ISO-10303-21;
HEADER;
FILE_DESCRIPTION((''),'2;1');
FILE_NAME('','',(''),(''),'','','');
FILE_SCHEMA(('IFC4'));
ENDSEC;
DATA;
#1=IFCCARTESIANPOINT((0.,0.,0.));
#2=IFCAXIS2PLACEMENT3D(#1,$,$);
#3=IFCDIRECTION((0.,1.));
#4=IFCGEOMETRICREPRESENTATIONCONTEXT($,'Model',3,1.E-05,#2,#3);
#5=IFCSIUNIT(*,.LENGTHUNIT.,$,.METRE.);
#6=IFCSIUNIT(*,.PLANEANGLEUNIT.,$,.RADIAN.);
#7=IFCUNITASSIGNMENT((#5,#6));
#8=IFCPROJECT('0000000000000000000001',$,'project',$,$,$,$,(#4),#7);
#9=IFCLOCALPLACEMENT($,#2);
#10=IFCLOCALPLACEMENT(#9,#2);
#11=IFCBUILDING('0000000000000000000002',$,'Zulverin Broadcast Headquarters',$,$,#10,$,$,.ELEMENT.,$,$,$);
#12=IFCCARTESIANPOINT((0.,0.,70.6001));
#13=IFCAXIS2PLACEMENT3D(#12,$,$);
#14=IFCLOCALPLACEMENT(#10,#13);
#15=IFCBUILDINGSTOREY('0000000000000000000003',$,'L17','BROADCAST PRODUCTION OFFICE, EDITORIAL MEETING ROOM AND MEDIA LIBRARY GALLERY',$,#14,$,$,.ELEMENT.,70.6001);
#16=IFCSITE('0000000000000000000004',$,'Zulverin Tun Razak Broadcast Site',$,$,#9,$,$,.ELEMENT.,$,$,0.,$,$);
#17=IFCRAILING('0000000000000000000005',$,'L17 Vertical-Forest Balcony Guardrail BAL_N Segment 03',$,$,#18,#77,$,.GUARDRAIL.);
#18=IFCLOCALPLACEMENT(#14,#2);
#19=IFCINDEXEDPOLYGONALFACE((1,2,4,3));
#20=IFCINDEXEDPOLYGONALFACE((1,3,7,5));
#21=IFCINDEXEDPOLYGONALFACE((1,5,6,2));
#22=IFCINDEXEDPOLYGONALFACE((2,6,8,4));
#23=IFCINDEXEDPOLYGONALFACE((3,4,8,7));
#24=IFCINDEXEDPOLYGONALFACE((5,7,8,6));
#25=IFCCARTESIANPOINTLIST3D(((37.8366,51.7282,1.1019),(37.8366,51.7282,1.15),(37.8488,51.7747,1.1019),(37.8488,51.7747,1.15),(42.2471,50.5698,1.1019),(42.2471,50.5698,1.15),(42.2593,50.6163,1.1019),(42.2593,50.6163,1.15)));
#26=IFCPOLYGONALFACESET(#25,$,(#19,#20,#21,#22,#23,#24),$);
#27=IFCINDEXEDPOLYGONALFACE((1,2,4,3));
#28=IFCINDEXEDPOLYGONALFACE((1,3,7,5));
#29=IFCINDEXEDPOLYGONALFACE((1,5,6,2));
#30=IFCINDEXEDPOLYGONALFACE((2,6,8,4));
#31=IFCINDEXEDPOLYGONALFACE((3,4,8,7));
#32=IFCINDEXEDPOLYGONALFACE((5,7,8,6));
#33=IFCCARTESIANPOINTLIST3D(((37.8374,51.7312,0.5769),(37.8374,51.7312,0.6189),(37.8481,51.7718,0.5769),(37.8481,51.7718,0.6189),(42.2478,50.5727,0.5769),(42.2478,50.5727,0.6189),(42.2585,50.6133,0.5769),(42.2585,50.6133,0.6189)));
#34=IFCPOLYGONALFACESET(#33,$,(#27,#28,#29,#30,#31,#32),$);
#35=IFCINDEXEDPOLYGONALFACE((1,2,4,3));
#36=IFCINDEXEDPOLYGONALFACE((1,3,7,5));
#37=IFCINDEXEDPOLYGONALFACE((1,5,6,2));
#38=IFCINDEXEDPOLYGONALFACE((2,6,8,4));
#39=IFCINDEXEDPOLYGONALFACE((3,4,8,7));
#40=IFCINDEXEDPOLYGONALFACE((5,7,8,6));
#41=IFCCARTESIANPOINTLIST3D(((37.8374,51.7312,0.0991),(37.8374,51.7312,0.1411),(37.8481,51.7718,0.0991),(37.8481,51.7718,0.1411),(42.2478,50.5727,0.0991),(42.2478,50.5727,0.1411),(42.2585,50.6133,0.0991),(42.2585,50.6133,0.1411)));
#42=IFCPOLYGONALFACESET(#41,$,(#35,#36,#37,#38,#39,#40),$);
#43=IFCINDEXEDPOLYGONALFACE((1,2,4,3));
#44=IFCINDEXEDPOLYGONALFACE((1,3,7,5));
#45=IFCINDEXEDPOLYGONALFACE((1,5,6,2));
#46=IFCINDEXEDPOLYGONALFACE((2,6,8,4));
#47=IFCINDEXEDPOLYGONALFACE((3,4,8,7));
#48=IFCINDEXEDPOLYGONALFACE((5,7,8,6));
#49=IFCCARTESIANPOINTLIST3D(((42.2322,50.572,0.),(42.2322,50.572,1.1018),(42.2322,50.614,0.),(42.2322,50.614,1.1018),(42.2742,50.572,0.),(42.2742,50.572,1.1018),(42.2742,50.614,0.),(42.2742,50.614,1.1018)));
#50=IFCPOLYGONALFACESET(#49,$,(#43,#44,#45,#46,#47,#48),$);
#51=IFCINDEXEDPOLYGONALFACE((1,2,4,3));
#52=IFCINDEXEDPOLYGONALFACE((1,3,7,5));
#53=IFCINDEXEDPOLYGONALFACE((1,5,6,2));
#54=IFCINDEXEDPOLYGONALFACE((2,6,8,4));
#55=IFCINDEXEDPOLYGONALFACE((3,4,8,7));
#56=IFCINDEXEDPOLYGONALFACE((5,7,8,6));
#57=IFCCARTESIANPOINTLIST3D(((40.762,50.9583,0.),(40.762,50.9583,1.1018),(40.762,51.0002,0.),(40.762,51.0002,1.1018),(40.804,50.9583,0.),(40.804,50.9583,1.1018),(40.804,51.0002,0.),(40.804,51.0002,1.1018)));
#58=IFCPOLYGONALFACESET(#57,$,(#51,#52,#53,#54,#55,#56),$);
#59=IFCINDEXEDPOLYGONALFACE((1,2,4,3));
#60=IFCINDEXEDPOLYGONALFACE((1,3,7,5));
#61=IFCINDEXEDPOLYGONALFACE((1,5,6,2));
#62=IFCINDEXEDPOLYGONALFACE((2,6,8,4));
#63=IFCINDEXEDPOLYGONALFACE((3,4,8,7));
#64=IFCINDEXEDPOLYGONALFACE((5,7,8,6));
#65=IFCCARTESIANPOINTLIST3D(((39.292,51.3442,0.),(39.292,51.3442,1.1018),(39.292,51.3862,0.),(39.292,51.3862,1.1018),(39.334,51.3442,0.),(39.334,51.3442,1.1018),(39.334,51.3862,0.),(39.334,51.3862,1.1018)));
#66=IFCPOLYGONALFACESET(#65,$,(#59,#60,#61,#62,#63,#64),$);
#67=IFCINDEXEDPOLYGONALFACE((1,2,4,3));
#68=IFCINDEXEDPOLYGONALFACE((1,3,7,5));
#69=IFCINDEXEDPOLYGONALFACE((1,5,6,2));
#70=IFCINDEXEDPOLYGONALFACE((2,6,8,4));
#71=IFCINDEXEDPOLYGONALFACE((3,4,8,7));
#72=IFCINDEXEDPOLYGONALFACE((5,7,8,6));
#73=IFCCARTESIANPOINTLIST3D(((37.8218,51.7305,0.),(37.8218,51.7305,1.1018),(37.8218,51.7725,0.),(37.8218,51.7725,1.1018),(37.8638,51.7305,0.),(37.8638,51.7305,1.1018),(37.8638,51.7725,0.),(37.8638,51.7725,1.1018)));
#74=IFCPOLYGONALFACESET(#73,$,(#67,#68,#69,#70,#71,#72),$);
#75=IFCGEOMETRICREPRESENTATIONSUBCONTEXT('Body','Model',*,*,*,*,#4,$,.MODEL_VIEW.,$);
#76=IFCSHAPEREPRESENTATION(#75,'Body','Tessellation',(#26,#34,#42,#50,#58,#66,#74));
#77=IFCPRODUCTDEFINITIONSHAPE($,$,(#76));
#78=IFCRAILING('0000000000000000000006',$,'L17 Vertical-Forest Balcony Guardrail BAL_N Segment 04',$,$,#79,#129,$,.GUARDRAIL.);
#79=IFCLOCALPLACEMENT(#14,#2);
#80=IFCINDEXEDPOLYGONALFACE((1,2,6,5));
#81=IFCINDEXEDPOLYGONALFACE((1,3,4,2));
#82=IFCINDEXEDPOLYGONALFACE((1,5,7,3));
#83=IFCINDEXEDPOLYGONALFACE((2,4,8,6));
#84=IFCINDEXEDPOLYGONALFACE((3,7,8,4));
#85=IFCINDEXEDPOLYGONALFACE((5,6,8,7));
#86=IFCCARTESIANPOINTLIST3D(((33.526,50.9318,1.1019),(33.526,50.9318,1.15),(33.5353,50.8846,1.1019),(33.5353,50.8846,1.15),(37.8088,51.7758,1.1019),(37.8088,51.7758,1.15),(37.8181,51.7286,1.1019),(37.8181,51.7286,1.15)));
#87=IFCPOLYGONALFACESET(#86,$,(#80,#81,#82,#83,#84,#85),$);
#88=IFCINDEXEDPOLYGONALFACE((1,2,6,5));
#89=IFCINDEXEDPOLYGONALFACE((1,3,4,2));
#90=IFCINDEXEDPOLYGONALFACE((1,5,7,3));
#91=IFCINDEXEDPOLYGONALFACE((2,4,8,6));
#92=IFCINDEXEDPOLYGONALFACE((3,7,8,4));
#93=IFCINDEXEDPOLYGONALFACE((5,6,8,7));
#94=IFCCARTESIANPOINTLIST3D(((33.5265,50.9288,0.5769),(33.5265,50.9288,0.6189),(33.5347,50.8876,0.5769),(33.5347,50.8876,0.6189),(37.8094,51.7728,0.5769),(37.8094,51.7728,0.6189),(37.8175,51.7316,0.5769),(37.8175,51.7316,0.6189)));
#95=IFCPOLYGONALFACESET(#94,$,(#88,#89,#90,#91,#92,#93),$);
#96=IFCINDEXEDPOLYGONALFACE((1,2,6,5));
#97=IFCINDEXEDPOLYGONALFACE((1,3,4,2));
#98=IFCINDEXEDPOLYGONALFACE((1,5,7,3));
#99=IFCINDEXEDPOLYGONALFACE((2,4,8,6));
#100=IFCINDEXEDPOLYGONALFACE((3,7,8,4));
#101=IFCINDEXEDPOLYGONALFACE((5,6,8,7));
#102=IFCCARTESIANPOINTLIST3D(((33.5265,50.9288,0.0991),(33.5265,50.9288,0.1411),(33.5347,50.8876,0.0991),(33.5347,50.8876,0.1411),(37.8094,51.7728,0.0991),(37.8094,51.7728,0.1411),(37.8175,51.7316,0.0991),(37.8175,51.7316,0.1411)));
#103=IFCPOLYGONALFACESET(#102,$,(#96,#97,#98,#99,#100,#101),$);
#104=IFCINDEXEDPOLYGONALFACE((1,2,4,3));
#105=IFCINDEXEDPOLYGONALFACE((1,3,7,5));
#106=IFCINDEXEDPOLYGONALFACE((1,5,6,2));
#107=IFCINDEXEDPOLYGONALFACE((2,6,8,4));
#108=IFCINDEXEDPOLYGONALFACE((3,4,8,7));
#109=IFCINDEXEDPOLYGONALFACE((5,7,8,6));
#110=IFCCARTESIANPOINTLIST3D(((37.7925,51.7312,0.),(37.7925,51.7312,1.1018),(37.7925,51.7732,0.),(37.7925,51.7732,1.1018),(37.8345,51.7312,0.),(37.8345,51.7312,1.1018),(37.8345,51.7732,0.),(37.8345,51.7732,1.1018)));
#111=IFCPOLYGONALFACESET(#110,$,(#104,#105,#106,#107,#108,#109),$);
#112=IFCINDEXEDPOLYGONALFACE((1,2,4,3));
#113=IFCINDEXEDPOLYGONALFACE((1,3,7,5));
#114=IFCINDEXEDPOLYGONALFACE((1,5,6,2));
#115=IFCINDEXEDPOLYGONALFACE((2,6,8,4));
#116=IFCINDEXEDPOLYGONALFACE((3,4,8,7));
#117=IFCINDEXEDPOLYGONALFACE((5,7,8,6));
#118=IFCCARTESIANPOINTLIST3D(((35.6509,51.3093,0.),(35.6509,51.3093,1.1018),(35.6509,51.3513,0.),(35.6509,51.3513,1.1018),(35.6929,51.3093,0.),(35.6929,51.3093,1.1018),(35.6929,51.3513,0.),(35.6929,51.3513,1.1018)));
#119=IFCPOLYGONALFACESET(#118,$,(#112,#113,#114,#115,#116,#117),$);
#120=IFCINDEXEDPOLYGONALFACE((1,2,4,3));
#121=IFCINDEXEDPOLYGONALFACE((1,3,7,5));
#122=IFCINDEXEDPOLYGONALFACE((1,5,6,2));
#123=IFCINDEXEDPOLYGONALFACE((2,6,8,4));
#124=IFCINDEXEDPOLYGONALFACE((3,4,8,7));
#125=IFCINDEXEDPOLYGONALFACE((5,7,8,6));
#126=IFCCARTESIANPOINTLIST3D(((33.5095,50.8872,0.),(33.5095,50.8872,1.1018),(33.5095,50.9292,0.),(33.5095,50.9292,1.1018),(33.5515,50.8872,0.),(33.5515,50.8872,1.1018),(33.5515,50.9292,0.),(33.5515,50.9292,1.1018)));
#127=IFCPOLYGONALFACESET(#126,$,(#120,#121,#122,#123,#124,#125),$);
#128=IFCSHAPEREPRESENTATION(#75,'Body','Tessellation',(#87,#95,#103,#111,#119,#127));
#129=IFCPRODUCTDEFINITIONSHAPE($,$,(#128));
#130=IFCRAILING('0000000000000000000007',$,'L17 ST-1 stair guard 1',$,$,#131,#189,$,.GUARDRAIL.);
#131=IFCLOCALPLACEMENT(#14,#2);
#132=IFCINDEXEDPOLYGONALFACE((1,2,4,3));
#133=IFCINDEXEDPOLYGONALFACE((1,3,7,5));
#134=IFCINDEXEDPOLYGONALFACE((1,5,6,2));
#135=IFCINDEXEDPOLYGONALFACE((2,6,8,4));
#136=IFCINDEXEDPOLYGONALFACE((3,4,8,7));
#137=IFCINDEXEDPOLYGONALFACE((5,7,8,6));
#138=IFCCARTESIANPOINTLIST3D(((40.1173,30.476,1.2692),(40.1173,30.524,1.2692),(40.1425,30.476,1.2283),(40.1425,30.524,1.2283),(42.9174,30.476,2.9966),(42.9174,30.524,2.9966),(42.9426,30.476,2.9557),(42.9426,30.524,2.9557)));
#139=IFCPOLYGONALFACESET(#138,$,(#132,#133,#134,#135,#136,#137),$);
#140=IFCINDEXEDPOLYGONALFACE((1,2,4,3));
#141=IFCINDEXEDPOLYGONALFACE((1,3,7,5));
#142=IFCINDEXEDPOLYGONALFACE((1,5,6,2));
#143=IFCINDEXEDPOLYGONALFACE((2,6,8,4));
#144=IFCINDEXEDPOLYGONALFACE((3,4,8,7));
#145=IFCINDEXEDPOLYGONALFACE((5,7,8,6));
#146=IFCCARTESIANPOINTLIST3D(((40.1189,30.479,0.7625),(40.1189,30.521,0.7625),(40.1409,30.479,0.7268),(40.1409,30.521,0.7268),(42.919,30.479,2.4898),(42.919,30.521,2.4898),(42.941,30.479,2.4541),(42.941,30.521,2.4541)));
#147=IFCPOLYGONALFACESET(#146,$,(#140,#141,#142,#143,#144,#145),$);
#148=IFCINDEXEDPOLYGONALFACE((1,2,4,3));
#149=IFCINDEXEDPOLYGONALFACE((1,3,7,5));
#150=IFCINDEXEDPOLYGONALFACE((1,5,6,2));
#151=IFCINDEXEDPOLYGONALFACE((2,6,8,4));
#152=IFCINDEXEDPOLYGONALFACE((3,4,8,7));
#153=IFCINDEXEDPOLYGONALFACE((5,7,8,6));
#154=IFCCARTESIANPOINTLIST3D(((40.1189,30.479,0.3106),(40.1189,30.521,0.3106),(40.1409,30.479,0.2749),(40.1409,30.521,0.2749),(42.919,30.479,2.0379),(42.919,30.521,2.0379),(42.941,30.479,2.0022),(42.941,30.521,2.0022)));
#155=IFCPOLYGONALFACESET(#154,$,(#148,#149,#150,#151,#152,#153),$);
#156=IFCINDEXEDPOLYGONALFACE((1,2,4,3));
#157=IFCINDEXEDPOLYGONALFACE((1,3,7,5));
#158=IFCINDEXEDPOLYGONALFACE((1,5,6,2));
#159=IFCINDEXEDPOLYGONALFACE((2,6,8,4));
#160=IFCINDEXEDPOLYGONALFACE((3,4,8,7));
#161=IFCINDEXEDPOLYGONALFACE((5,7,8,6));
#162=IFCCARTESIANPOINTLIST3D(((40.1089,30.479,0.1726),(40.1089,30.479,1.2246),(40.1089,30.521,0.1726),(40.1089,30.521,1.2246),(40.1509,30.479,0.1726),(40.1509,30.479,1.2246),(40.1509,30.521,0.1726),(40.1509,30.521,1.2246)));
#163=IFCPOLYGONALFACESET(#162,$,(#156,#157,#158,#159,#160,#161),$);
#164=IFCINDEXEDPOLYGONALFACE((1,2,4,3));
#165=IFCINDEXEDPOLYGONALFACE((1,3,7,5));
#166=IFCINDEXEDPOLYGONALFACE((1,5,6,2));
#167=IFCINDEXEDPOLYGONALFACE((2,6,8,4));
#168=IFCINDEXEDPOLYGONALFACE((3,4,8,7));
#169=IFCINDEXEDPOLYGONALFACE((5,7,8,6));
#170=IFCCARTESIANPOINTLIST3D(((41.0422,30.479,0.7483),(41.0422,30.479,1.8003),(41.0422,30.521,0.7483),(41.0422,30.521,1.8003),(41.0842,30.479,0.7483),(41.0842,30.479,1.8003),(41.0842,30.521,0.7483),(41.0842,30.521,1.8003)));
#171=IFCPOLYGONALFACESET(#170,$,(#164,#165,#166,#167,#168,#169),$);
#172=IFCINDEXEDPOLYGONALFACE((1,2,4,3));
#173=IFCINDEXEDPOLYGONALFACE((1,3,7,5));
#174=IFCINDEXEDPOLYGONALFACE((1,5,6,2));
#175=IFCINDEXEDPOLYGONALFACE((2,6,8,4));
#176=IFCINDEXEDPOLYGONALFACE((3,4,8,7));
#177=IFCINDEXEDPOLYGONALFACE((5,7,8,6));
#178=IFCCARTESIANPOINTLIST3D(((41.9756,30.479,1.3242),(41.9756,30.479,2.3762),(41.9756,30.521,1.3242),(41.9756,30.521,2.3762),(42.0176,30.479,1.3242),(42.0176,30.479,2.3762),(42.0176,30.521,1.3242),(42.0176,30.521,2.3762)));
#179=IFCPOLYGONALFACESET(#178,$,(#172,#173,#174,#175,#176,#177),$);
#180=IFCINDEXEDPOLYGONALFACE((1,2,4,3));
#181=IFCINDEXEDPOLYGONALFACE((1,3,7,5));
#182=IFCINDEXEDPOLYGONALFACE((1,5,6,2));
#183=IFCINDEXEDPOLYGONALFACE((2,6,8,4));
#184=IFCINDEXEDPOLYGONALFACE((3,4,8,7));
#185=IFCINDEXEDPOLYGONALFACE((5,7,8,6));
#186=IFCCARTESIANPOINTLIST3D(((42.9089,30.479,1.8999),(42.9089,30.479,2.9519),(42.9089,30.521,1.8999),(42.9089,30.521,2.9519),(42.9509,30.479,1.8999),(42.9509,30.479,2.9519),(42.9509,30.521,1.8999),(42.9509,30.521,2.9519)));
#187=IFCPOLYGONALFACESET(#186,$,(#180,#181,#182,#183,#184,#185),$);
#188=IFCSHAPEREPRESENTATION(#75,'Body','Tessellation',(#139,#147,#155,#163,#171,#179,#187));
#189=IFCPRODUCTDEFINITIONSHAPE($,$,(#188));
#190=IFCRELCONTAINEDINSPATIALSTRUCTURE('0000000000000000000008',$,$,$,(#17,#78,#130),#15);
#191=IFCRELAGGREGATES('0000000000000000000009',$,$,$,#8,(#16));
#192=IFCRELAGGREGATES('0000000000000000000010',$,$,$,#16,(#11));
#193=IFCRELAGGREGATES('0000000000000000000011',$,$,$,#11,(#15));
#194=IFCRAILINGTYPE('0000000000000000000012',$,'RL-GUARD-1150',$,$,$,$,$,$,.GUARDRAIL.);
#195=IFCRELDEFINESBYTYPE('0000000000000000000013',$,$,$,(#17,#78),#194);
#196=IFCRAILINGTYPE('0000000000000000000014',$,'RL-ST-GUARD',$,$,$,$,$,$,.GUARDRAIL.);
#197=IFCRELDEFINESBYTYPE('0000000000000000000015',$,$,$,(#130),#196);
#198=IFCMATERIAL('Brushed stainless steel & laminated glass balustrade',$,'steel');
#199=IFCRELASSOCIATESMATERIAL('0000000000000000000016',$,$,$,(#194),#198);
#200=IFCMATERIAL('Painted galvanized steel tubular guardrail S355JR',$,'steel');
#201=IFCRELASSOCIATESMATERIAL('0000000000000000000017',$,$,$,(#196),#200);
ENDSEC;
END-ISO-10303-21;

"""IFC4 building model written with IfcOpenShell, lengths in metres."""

from ifc_helpers import new_model, si_unit, direction, frame, origin, origin_2d, place, context, subcontext, project, spatial, rectangle, extrude, material, type_object, element, save


model = new_model("IFC4")

# Units and contexts
model_context = context("Model", 3, precision=1e-05, world=origin(), true_north=direction((0.0, 1.0)))
body_context = subcontext(model_context, "Body", "Model", "MODEL_VIEW")
ifc_project = project(units=[si_unit("LENGTHUNIT", "METRE"), si_unit("PLANEANGLEUNIT", "RADIAN")], contexts=[model_context])

# Site, building, storey
site_placement = place(None, origin())
site = spatial("IfcSite", under=ifc_project, at=site_placement, Name="Zulverin Tun Razak Broadcast Site", CompositionType="ELEMENT", RefElevation=0.0)
building_placement = place(site_placement, origin())
building = spatial("IfcBuilding", under=site, at=building_placement, Name="Zulverin Broadcast Headquarters", CompositionType="ELEMENT")
storey_placement = place(building_placement, frame((0.0, 0.0, 70.6001)))
storey = spatial("IfcBuildingStorey", under=building, at=storey_placement, Name="L17", Description="BROADCAST PRODUCTION OFFICE, EDITORIAL MEETING ROOM AND MEDIA LIBRARY GALLERY", CompositionType="ELEMENT", Elevation=70.6001)

# Railings
ifc_material_1 = material(Name="Brushed stainless steel & laminated glass balustrade", Category="steel")
railing_type_1 = type_object("IfcRailingType", Name="RL-GUARD-1150", PredefinedType="GUARDRAIL", material=ifc_material_1)
railing_1_placement = place(storey_placement, frame((42.2532, 50.593, 0.0)))
element("IfcRailing", 1, at=railing_1_placement, inside=storey, type_object=railing_type_1, Name="L17 Vertical-Forest Balcony Guardrail BAL_N Segment 03", PredefinedType="GUARDRAIL", context=body_context, shape_type="SweptSolid", body=[
    extrude(rectangle(XDim=0.0481, YDim=0.0481, at=origin_2d()), frame((0.0, 0.0, 1.126), z_axis=(-0.967192, 0.254045, 0.0), x_axis=(-0.254045, -0.967192, 0.0)), (0.0, 0.0, 1.0), 4.5601),
    extrude(rectangle(XDim=0.042, YDim=0.042, at=origin_2d()), frame((0.0, 0.0, 0.5979), z_axis=(-0.967192, 0.254045, 0.0), x_axis=(-0.254045, -0.967192, 0.0)), (0.0, 0.0, 1.0), 4.5601),
    extrude(rectangle(XDim=0.042, YDim=0.042, at=origin_2d()), frame((0.0, 0.0, 0.1201), z_axis=(-0.967192, 0.254045, 0.0), x_axis=(-0.254045, -0.967192, 0.0)), (0.0, 0.0, 1.0), 4.5601),
    extrude(rectangle(XDim=0.042, YDim=0.042, at=origin_2d()), origin(), (0.0, 0.0, 1.0), 1.1018),
    extrude(rectangle(XDim=0.042, YDim=0.042, at=origin_2d()), frame((-1.4702, 0.3862, 0.0)), (0.0, 0.0, 1.0), 1.1018),
    extrude(rectangle(XDim=0.042, YDim=0.042, at=origin_2d()), frame((-2.9402, 0.7722, 0.0)), (0.0, 0.0, 1.0), 1.1018),
    extrude(rectangle(XDim=0.042, YDim=0.042, at=origin_2d()), frame((-4.4104, 1.1584, 0.0)), (0.0, 0.0, 1.0), 1.1018),
])
railing_2_placement = place(storey_placement, frame((37.8135, 51.7522, 0.0)))
element("IfcRailing", 2, at=railing_2_placement, inside=storey, type_object=railing_type_1, Name="L17 Vertical-Forest Balcony Guardrail BAL_N Segment 04", PredefinedType="GUARDRAIL", context=body_context, shape_type="SweptSolid", body=[
    extrude(rectangle(XDim=0.0481, YDim=0.0481, at=origin_2d()), frame((0.0, 0.0, 1.126), z_axis=(-0.981132, -0.19334, 0.0), x_axis=(0.19334, -0.981132, 0.0)), (0.0, 0.0, 1.0), 4.3652),
    extrude(rectangle(XDim=0.042, YDim=0.042, at=origin_2d()), frame((0.0, 0.0, 0.5979), z_axis=(-0.981132, -0.19334, 0.0), x_axis=(0.19334, -0.981132, 0.0)), (0.0, 0.0, 1.0), 4.3652),
    extrude(rectangle(XDim=0.042, YDim=0.042, at=origin_2d()), frame((0.0, 0.0, 0.1201), z_axis=(-0.981132, -0.19334, 0.0), x_axis=(0.19334, -0.981132, 0.0)), (0.0, 0.0, 1.0), 4.3652),
    extrude(rectangle(XDim=0.042, YDim=0.042, at=origin_2d()), origin(), (0.0, 0.0, 1.0), 1.1018),
    extrude(rectangle(XDim=0.042, YDim=0.042, at=origin_2d()), frame((-2.1416, -0.4219, 0.0)), (0.0, 0.0, 1.0), 1.1018),
    extrude(rectangle(XDim=0.042, YDim=0.042, at=origin_2d()), frame((-4.283, -0.844, 0.0)), (0.0, 0.0, 1.0), 1.1018),
])
ifc_material_2 = material(Name="Painted galvanized steel tubular guardrail S355JR", Category="steel")
railing_type_2 = type_object("IfcRailingType", Name="RL-ST-GUARD", PredefinedType="GUARDRAIL", material=ifc_material_2)
railing_3_placement = place(storey_placement, frame((40.1299, 30.5, 0.1726)))
element("IfcRailing", 3, at=railing_3_placement, inside=storey, type_object=railing_type_2, Name="L17 ST-1 stair guard 1", PredefinedType="GUARDRAIL", context=body_context, shape_type="SweptSolid", body=[
    extrude(rectangle(XDim=0.0481, YDim=0.0481, at=origin_2d()), frame((0.0, 0.0, 1.0762), z_axis=(0.85109, 0.0, 0.52502), x_axis=(0.0, 1.0, 0.0)), (0.0, 0.0, 1.0), 3.29),
    extrude(rectangle(XDim=0.042, YDim=0.042, at=origin_2d()), frame((0.0, 0.0, 0.572), z_axis=(0.85109, 0.0, 0.52502), x_axis=(0.0, 1.0, 0.0)), (0.0, 0.0, 1.0), 3.29),
    extrude(rectangle(XDim=0.042, YDim=0.042, at=origin_2d()), frame((0.0, 0.0, 0.1201), z_axis=(0.85109, 0.0, 0.52502), x_axis=(0.0, 1.0, 0.0)), (0.0, 0.0, 1.0), 3.29),
    extrude(rectangle(XDim=0.042, YDim=0.042, at=origin_2d()), origin(), (0.0, 0.0, 1.0), 1.052),
    extrude(rectangle(XDim=0.042, YDim=0.042, at=origin_2d()), frame((0.9333, 0.0, 0.5757)), (0.0, 0.0, 1.0), 1.052),
    extrude(rectangle(XDim=0.042, YDim=0.042, at=origin_2d()), frame((1.8667, 0.0, 1.1516)), (0.0, 0.0, 1.0), 1.052),
    extrude(rectangle(XDim=0.042, YDim=0.042, at=origin_2d()), frame((2.8, 0.0, 1.7273)), (0.0, 0.0, 1.0), 1.052),
])

save(model, "model.ifc")
